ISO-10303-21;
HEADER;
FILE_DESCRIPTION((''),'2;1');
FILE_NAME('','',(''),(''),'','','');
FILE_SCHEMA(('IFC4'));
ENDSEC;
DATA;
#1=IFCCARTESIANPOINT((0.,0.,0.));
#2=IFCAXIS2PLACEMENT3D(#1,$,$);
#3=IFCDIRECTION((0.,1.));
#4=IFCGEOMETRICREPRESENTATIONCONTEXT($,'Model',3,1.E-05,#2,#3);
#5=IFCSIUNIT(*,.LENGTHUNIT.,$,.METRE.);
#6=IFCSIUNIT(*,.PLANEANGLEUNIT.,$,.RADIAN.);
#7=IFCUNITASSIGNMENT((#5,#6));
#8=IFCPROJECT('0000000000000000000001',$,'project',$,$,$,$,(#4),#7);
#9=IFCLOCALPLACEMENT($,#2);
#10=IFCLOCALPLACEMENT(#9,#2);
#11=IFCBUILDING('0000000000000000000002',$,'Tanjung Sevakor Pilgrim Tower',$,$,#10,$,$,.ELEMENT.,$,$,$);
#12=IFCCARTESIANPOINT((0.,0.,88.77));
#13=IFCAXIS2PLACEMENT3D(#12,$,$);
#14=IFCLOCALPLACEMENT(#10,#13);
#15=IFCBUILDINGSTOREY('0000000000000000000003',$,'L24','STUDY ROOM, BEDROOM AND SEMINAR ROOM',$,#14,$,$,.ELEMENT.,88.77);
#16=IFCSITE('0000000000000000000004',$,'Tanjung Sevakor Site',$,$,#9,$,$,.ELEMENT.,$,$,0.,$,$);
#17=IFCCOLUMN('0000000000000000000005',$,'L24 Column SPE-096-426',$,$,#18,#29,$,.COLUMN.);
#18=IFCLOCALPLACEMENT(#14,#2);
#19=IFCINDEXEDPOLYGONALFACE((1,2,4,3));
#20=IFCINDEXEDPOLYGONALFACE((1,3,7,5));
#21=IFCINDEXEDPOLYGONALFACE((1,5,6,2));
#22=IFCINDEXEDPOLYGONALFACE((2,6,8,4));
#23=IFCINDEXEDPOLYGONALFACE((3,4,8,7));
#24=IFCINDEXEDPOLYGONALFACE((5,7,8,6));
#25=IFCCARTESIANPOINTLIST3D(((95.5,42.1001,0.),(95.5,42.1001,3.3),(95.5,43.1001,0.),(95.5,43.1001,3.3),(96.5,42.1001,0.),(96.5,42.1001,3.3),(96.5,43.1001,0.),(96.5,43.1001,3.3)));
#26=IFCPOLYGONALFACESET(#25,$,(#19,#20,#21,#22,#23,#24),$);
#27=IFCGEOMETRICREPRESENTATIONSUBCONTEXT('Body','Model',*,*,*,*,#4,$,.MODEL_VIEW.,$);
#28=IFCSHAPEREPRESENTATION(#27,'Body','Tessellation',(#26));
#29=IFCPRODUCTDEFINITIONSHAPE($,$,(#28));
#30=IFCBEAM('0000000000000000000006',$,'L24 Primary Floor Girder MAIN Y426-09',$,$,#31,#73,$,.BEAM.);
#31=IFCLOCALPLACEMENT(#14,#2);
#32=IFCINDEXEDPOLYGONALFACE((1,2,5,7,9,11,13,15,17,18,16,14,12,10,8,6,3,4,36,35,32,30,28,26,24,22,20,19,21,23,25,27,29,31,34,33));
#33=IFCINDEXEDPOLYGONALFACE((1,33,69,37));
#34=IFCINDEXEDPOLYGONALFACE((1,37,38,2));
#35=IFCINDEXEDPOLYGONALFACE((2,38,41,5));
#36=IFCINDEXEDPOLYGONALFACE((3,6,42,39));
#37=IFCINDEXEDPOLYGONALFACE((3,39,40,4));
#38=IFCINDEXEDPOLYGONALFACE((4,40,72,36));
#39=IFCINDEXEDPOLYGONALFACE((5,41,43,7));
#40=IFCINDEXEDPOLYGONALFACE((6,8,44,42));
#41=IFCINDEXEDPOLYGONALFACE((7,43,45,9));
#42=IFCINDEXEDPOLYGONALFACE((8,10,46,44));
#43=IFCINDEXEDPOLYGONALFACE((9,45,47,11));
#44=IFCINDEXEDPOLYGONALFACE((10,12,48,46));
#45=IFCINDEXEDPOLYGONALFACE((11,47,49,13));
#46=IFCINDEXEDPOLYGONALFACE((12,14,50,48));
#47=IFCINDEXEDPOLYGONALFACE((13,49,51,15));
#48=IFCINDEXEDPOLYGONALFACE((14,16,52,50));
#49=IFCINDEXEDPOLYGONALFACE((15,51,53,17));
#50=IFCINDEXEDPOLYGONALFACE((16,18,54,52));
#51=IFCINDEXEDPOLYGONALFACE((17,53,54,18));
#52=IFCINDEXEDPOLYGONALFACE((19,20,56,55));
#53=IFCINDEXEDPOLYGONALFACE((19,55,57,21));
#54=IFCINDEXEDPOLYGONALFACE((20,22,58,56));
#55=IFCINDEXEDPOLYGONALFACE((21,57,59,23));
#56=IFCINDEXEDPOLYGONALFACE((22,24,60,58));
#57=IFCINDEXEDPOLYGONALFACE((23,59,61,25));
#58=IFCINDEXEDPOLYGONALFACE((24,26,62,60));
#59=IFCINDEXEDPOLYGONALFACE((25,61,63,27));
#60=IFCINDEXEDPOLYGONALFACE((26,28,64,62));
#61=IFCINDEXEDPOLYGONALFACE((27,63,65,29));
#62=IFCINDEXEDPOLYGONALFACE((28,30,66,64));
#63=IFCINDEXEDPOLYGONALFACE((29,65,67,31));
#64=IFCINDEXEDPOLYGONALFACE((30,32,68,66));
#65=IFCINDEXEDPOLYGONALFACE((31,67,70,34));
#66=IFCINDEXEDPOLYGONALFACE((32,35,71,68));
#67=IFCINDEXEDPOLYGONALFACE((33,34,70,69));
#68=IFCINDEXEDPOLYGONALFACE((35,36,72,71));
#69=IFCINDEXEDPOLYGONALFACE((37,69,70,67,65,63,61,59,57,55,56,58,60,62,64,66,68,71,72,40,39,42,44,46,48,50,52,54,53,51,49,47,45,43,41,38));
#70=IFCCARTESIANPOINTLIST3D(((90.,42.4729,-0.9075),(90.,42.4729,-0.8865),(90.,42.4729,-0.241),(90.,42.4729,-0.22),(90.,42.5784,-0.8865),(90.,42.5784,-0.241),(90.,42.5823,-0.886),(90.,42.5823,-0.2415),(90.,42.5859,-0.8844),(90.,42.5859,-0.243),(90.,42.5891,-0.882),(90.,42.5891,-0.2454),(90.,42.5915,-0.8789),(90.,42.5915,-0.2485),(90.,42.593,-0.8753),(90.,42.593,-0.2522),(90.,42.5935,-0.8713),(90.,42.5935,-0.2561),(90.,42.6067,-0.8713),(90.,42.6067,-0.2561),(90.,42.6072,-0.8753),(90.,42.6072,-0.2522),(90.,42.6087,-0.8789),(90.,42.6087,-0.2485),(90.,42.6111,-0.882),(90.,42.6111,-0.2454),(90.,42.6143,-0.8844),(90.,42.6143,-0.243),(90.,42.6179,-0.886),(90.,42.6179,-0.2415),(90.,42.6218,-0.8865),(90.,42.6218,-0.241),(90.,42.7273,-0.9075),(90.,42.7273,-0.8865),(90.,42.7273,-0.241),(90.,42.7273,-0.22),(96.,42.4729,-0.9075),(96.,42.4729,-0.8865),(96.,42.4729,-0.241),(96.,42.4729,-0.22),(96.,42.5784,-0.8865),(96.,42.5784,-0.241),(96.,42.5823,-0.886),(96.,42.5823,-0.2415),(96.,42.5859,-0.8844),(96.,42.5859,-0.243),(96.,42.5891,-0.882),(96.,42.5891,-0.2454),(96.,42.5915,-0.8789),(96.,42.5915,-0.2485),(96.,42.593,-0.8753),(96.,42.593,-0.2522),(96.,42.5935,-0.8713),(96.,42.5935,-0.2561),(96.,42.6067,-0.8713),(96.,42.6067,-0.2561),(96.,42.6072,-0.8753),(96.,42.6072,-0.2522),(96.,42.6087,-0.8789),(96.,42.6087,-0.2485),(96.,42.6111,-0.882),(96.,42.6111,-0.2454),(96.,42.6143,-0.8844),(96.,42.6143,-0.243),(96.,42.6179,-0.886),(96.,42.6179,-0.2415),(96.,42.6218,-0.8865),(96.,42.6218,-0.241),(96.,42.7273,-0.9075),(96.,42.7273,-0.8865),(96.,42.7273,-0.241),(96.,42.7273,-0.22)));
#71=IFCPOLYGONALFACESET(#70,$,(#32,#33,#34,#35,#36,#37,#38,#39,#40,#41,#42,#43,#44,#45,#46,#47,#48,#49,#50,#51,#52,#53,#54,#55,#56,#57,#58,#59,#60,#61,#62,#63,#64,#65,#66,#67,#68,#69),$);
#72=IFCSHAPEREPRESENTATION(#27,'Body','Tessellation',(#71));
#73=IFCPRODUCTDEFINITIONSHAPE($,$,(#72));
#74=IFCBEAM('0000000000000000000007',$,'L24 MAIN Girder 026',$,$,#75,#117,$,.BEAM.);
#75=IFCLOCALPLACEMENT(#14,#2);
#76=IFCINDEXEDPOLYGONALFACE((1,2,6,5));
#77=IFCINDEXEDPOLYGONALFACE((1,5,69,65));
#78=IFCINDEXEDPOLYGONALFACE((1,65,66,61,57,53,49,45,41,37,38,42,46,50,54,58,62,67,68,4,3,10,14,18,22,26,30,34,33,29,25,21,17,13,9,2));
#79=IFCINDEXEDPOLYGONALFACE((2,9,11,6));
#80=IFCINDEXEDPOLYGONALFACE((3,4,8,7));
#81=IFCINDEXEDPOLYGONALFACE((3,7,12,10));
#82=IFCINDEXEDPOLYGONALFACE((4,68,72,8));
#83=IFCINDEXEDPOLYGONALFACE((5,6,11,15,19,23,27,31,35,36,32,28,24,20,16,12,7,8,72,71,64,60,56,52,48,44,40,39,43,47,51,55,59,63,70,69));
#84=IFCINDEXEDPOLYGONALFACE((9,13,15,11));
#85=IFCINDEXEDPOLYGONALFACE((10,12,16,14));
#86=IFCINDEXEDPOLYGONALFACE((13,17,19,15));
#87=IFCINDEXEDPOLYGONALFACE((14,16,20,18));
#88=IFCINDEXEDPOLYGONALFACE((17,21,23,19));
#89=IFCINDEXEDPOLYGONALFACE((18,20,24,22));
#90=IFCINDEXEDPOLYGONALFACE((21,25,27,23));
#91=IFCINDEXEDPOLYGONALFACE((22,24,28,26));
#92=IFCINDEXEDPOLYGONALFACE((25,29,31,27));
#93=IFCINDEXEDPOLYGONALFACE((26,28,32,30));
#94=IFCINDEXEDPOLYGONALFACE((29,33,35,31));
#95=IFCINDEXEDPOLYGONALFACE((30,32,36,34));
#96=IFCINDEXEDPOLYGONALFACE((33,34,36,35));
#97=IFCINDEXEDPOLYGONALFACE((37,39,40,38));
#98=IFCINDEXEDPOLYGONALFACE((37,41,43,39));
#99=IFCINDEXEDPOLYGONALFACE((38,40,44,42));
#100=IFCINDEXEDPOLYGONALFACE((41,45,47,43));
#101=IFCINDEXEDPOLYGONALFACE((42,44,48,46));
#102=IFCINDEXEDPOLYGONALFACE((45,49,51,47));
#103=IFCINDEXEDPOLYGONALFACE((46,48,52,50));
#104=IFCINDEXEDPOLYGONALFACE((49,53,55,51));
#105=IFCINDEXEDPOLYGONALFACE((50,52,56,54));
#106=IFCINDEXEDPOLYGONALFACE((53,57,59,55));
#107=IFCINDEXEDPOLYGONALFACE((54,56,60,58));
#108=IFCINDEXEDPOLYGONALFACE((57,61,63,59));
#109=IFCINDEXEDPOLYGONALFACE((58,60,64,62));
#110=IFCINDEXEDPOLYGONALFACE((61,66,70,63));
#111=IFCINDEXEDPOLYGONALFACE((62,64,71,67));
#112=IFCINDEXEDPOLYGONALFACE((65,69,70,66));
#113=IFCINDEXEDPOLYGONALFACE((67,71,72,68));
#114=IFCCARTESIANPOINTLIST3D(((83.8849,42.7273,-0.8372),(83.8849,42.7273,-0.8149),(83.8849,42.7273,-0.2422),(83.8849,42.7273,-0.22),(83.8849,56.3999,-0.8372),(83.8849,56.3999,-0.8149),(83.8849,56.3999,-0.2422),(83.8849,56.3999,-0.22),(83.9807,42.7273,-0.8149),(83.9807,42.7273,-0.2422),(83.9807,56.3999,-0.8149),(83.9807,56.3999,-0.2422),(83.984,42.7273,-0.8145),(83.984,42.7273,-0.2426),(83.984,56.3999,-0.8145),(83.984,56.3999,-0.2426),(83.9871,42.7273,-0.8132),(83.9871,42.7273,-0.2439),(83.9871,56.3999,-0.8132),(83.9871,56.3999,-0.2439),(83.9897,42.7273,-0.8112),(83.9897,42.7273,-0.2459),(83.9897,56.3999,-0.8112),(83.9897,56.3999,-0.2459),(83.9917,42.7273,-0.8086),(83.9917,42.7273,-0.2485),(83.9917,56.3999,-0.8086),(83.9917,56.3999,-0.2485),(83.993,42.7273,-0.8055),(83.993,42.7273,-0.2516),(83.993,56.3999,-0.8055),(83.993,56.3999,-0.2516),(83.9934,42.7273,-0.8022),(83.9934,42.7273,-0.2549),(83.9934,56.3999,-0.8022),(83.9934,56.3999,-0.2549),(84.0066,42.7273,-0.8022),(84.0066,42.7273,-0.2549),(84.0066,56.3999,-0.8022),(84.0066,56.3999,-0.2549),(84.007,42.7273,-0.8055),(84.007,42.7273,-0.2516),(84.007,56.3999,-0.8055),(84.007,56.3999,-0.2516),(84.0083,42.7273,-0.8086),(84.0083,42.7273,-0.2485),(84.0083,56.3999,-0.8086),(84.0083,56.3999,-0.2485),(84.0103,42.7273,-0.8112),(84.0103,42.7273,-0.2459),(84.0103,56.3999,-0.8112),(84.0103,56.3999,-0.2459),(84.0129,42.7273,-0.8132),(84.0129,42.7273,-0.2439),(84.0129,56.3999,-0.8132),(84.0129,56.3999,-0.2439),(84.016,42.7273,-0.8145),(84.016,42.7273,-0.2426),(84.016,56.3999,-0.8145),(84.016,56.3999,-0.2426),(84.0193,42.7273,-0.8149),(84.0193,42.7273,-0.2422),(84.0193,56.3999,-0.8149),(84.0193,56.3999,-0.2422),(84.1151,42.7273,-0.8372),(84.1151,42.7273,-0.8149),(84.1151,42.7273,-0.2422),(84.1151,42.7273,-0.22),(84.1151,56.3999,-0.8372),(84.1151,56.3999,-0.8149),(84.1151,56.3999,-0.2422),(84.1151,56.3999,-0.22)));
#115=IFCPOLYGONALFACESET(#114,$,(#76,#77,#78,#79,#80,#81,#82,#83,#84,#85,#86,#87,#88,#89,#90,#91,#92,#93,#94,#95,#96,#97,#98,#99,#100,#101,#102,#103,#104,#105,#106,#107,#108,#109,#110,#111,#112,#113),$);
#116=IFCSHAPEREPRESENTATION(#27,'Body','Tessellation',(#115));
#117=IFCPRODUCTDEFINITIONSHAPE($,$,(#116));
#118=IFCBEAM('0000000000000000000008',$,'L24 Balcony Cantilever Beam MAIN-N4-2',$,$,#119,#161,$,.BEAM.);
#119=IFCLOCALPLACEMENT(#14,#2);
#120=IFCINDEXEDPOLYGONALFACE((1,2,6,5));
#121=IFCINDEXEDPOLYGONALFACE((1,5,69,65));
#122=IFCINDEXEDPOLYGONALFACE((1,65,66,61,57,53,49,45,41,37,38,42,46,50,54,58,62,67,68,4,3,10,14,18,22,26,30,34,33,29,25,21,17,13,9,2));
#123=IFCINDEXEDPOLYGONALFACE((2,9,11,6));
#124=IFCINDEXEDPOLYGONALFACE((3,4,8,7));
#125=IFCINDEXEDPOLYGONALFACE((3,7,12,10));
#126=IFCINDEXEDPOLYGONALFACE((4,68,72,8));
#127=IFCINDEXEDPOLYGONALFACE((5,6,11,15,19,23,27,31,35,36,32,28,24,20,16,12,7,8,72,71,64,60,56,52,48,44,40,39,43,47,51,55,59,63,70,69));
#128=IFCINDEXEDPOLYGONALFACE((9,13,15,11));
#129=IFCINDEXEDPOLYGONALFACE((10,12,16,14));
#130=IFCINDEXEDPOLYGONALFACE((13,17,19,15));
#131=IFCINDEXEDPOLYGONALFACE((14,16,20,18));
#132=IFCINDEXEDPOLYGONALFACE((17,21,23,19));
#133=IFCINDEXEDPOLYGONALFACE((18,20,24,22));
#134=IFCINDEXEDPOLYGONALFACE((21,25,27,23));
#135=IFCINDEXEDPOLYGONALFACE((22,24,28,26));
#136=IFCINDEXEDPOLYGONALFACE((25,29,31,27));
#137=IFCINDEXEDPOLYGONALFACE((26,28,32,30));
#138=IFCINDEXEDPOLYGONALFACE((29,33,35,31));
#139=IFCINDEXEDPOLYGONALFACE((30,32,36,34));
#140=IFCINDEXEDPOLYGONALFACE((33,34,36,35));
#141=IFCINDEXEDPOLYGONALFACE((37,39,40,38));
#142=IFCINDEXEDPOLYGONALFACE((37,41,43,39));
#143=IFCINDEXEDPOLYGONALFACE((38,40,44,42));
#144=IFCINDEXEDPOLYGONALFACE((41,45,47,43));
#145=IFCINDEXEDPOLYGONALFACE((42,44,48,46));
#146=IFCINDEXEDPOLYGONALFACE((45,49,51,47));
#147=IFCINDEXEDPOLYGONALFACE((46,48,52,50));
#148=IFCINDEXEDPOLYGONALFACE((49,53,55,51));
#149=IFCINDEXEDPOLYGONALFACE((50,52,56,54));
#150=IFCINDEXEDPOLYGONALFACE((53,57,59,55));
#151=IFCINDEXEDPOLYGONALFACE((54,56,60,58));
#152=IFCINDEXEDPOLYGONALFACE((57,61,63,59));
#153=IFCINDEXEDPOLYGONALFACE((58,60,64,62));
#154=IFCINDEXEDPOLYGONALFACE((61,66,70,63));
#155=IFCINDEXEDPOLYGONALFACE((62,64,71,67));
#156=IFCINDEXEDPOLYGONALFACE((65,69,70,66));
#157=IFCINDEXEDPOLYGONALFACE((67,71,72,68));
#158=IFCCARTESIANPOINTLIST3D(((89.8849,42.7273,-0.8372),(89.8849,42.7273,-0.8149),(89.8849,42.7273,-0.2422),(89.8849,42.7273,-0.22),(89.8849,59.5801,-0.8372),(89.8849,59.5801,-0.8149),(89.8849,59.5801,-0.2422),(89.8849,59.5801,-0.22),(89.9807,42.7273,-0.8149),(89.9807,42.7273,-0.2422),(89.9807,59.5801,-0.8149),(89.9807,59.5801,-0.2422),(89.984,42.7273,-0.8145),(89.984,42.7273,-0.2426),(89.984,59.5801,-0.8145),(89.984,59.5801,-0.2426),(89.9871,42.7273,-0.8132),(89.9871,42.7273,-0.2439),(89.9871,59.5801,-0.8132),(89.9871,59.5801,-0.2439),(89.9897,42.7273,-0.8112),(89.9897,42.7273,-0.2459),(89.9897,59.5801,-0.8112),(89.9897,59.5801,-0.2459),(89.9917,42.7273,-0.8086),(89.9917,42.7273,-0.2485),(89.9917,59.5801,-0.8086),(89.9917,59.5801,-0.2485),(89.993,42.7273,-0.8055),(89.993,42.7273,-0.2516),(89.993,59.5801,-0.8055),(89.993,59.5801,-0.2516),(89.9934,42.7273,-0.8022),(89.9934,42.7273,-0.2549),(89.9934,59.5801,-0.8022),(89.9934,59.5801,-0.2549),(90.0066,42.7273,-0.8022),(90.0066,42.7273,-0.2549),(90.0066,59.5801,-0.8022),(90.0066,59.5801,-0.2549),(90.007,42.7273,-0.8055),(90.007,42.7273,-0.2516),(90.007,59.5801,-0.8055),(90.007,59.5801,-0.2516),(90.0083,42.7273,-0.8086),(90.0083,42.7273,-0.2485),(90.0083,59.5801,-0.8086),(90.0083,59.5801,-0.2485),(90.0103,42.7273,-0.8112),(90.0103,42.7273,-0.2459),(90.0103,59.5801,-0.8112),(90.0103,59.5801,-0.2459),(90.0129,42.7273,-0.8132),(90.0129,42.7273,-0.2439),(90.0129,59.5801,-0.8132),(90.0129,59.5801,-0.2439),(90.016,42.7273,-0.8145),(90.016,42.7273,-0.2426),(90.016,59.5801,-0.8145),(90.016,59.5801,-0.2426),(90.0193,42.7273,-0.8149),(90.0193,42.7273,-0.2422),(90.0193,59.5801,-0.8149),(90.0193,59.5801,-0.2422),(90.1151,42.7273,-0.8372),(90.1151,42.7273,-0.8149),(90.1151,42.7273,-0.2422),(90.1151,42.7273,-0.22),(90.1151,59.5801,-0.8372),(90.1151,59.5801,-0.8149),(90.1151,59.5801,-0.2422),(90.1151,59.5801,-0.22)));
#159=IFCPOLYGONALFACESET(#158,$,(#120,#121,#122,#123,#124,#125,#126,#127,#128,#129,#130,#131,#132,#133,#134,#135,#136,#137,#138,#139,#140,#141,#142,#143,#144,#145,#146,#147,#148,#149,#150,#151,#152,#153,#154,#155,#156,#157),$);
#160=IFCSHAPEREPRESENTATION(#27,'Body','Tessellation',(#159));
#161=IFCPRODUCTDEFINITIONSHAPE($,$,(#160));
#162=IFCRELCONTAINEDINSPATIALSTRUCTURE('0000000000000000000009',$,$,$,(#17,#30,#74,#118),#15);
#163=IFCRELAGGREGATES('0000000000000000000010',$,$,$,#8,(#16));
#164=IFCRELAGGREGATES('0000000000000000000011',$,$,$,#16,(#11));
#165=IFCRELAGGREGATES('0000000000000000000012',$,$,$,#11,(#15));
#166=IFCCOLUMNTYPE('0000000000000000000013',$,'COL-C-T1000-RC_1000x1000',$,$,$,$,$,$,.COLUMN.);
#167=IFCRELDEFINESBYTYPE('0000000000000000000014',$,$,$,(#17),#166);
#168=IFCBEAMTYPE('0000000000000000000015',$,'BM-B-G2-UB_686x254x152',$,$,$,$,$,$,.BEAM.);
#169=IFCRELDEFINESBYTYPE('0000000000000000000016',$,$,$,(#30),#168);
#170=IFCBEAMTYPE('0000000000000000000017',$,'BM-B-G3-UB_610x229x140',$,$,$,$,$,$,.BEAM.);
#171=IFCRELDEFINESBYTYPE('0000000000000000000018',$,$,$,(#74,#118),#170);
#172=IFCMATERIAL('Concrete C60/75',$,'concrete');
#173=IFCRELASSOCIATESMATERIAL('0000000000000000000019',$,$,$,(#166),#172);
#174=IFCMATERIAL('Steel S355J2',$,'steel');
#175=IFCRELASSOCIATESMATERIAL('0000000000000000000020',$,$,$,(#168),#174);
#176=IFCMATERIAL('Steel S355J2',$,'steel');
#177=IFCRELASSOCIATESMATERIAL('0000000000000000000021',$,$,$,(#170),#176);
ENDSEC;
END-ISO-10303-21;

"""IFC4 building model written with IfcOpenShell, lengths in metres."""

from ifc_helpers import new_model, si_unit, direction, frame, origin, origin_2d, place, context, subcontext, project, spatial, rectangle, i_section, extrude, material, material_profile, profile_set, type_object, element, save


model = new_model("IFC4")

# Units and contexts
model_context = context("Model", 3, precision=1e-05, world=origin(), true_north=direction((0.0, 1.0)))
body_context = subcontext(model_context, "Body", "Model", "MODEL_VIEW")
ifc_project = project(units=[si_unit("LENGTHUNIT", "METRE"), si_unit("PLANEANGLEUNIT", "RADIAN")], contexts=[model_context])

# Site, building, storey
site_placement = place(None, origin())
site = spatial("IfcSite", under=ifc_project, at=site_placement, Name="Tanjung Sevakor Site", CompositionType="ELEMENT", RefElevation=0.0)
building_placement = place(site_placement, origin())
building = spatial("IfcBuilding", under=site, at=building_placement, Name="Tanjung Sevakor Pilgrim Tower", CompositionType="ELEMENT")
storey_placement = place(building_placement, frame((0.0, 0.0, 88.77)))
storey = spatial("IfcBuildingStorey", under=building, at=storey_placement, Name="L24", Description="STUDY ROOM, BEDROOM AND SEMINAR ROOM", CompositionType="ELEMENT", Elevation=88.77)

# Column
ifc_material_1 = material(Name="Concrete C60/75", Category="concrete")
ifc_material_profile_1 = material_profile(ifc_material_1, rectangle(XDim=1.0, YDim=1.0, at=origin_2d()))
ifc_profile_set_1 = profile_set([ifc_material_profile_1], Name="Concrete C60/75")
column_type = type_object("IfcColumnType", Name="COL-C-T1000-RC_1000x1000", PredefinedType="COLUMN", material=ifc_profile_set_1)
column_placement = place(storey_placement, frame((96.0, 42.6001, 0.0), z_axis=(0.0, 0.0, 1.0), x_axis=(1.0, 0.0, 0.0)))
element("IfcColumn", 1, at=column_placement, inside=storey, type_object=column_type, Name="L24 Column SPE-096-426", PredefinedType="COLUMN", context=body_context, shape_type="SweptSolid", body=[
    extrude(rectangle(XDim=1.0, YDim=1.0, at=origin_2d()), origin(), (0.0, 0.0, 1.0), 3.3),
])

# Beams
ifc_material_2 = material(Name="Steel S355J2", Category="steel")
ifc_material_profile_2 = material_profile(ifc_material_2, i_section(OverallWidth=0.2544, OverallDepth=0.6875, WebThickness=0.0132, FlangeThickness=0.021, FilletRadius=0.0151, at=origin_2d()))
ifc_profile_set_2 = profile_set([ifc_material_profile_2], Name="Steel S355J2")
beam_type_1 = type_object("IfcBeamType", Name="BM-B-G2-UB_686x254x152", PredefinedType="BEAM", material=ifc_profile_set_2)
beam_1_placement = place(storey_placement, frame((90.0, 42.6001, -0.5637), z_axis=(1.0, 0.0, 0.0), x_axis=(0.0, 1.0, 0.0)))
element("IfcBeam", 2, at=beam_1_placement, inside=storey, type_object=beam_type_1, Name="L24 Primary Floor Girder MAIN Y426-09", PredefinedType="BEAM", context=body_context, shape_type="SweptSolid", body=[
    extrude(i_section(OverallWidth=0.2544, OverallDepth=0.6875, WebThickness=0.0132, FlangeThickness=0.021, FilletRadius=0.0151, at=origin_2d()), origin(), (0.0, 0.0, 1.0), 6.0),
])
ifc_material_3 = material(Name="Steel S355J2", Category="steel")
ifc_material_profile_3 = material_profile(ifc_material_3, i_section(OverallWidth=0.2302, OverallDepth=0.6172, WebThickness=0.0132, FlangeThickness=0.0222, FilletRadius=0.0127, at=origin_2d()))
ifc_profile_set_3 = profile_set([ifc_material_profile_3], Name="Steel S355J2")
beam_type_2 = type_object("IfcBeamType", Name="BM-B-G3-UB_610x229x140", PredefinedType="BEAM", material=ifc_profile_set_3)
beam_2_placement = place(storey_placement, frame((84.0, 42.7273, -0.5286), z_axis=(0.0, 1.0, 0.0), x_axis=(-1.0, 0.0, 0.0)))
element("IfcBeam", 3, at=beam_2_placement, inside=storey, type_object=beam_type_2, Name="L24 MAIN Girder 026", PredefinedType="BEAM", context=body_context, shape_type="SweptSolid", body=[
    extrude(i_section(OverallWidth=0.2302, OverallDepth=0.6172, WebThickness=0.0132, FlangeThickness=0.0222, FilletRadius=0.0127, at=origin_2d()), origin(), (0.0, 0.0, 1.0), 13.6726),
])
beam_3_placement = place(storey_placement, frame((90.0, 42.7273, -0.5286), z_axis=(0.0, 1.0, 0.0), x_axis=(-1.0, 0.0, 0.0)))
element("IfcBeam", 4, at=beam_3_placement, inside=storey, type_object=beam_type_2, Name="L24 Balcony Cantilever Beam MAIN-N4-2", PredefinedType="BEAM", context=body_context, shape_type="SweptSolid", body=[
    extrude(i_section(OverallWidth=0.2302, OverallDepth=0.6172, WebThickness=0.0132, FlangeThickness=0.0222, FilletRadius=0.0127, at=origin_2d()), origin(), (0.0, 0.0, 1.0), 16.8528),
])

save(model, "model.ifc")
